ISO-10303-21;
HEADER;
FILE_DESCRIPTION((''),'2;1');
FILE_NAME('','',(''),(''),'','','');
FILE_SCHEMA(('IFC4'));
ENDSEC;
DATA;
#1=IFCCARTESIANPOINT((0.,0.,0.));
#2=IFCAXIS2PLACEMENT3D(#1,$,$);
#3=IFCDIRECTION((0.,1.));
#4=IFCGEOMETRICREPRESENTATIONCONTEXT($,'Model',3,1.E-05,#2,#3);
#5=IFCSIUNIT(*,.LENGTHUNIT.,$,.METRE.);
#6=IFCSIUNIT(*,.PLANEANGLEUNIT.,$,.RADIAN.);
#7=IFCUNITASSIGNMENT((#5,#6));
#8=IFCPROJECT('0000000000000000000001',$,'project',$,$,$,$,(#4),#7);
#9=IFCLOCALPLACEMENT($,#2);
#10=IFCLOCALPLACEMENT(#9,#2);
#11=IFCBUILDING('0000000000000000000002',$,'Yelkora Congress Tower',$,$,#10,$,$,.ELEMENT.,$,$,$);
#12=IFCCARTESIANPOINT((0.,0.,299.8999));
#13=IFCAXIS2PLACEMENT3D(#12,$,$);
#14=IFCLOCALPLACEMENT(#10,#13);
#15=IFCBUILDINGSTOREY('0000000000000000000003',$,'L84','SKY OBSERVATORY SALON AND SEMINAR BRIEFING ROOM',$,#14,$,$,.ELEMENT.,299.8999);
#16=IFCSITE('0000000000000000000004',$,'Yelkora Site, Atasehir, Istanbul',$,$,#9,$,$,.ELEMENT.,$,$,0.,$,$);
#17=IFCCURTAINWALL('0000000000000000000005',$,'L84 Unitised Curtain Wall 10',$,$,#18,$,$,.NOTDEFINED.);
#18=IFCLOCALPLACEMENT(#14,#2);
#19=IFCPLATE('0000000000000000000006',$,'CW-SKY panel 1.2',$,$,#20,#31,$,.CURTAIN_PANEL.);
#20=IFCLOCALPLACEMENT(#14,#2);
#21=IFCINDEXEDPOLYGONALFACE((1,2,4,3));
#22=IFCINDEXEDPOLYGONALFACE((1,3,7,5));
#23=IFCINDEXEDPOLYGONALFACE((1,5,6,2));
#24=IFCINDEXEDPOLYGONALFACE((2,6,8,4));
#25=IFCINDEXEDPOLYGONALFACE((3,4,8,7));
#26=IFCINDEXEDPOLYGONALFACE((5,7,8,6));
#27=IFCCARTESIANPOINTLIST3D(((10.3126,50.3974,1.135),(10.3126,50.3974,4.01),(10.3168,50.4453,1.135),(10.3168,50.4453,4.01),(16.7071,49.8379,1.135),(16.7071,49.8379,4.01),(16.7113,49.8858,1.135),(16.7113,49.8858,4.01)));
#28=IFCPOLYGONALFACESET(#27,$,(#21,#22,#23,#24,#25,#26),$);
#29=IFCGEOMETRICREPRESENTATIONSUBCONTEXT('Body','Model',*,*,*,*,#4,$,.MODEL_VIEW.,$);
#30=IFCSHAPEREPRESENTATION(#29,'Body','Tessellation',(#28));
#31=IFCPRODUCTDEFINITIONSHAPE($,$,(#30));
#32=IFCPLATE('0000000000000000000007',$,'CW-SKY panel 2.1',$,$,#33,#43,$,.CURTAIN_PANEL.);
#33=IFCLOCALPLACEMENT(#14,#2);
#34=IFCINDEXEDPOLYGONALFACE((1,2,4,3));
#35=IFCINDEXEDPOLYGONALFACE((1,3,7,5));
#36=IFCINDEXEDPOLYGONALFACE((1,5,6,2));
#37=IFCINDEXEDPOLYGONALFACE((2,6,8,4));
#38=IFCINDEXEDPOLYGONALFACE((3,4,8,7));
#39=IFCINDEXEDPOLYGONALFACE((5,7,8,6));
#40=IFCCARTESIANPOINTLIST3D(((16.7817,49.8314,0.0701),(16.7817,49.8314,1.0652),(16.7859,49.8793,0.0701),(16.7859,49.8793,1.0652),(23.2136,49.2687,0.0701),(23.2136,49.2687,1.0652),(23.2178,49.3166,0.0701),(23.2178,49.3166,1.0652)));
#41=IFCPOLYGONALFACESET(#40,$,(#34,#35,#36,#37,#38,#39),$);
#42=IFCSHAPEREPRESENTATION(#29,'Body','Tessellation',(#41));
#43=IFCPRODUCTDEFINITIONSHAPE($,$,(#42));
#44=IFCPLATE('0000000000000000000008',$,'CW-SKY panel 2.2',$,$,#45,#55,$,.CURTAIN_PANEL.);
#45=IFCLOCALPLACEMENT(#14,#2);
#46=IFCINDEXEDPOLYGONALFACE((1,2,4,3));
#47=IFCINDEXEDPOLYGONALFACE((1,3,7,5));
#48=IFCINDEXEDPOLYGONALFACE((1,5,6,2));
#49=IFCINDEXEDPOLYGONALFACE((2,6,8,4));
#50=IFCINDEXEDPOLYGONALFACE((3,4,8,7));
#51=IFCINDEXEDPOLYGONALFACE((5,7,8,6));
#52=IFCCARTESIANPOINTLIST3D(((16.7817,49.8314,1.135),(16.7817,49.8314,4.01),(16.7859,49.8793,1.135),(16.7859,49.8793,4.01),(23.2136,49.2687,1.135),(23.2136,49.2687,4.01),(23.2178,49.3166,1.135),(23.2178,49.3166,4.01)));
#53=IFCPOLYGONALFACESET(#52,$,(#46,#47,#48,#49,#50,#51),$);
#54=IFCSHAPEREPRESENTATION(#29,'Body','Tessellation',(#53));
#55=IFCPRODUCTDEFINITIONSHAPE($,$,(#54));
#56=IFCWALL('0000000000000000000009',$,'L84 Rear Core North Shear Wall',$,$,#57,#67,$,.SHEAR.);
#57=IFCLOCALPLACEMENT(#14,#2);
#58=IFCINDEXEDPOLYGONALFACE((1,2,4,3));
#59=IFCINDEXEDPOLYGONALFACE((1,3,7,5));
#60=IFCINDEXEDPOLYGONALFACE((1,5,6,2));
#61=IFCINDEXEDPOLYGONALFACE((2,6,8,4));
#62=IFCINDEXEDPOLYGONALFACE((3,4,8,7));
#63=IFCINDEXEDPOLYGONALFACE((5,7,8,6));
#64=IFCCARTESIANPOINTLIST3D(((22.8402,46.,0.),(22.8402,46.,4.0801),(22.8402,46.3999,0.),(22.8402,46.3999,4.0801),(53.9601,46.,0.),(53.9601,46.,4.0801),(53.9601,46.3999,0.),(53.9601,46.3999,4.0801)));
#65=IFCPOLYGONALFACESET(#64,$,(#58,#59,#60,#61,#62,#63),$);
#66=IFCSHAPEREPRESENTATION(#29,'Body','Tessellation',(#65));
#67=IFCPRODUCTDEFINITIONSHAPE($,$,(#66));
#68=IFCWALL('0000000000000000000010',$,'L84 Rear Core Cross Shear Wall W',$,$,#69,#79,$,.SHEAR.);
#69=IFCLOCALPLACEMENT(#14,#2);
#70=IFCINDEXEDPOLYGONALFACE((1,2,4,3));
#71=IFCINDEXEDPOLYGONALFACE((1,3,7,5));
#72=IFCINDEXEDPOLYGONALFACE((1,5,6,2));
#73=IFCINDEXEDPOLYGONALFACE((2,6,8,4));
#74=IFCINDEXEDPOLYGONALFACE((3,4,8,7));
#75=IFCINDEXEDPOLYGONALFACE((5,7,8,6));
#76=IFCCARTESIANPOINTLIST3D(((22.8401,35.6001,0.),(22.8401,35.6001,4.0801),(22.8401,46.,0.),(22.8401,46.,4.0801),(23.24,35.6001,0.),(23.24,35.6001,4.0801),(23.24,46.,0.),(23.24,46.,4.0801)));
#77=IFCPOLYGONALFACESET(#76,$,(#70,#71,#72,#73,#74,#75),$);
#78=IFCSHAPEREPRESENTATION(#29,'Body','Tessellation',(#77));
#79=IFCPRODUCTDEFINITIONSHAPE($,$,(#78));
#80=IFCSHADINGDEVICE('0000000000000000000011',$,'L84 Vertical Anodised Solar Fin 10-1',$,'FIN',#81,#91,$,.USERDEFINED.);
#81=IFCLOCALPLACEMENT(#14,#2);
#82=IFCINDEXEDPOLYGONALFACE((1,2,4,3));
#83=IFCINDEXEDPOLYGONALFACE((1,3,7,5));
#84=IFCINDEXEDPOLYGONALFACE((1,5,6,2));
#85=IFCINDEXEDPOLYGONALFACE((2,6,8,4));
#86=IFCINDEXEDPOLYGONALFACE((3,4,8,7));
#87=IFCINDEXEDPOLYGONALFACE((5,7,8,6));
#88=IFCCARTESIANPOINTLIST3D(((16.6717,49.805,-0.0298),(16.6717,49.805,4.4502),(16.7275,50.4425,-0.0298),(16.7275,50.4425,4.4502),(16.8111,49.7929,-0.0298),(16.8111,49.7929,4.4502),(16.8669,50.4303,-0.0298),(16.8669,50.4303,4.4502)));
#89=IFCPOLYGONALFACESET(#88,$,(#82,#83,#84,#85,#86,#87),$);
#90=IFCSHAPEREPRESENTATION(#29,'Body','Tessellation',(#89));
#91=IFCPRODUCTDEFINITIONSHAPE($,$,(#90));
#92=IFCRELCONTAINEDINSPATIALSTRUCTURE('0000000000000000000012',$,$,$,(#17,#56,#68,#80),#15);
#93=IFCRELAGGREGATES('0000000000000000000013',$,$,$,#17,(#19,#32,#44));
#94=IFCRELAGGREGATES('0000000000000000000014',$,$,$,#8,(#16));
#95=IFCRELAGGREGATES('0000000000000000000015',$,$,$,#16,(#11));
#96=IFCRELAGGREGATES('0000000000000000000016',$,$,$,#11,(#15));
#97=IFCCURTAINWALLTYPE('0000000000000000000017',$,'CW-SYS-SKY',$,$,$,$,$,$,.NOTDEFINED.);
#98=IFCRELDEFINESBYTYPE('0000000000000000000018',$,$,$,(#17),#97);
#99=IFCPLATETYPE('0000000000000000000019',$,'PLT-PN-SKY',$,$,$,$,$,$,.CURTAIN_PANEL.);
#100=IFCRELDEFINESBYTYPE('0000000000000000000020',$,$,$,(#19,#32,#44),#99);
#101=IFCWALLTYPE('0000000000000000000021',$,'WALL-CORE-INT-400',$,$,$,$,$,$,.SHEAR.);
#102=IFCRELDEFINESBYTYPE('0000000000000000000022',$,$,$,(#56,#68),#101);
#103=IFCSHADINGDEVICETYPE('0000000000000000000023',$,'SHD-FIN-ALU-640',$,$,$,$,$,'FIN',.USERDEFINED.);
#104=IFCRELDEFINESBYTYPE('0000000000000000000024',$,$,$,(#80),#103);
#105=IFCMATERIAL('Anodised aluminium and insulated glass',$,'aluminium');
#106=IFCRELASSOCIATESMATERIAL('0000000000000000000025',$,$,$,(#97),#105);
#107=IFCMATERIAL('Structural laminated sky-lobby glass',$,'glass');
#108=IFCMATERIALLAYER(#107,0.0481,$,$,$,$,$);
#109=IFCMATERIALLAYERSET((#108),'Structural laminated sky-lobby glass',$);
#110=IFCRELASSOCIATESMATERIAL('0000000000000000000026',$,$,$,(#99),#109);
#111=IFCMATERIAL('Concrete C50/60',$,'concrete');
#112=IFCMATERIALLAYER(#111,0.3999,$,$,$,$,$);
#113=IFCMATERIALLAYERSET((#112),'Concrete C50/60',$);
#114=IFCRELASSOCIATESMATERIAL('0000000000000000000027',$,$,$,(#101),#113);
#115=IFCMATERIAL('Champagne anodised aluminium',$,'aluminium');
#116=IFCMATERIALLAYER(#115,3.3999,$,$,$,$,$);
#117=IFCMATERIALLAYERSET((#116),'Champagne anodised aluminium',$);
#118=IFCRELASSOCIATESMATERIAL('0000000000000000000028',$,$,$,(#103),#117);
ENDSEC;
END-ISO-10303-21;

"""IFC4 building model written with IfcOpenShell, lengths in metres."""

from ifc_helpers import new_model, si_unit, direction, frame, frame_2d, origin, origin_2d, place, context, subcontext, project, spatial, rectangle, extrude, material, layer, layer_set, type_object, element, aggregate, save


model = new_model("IFC4")

# Units and contexts
model_context = context("Model", 3, precision=1e-05, world=origin(), true_north=direction((0.0, 1.0)))
body_context = subcontext(model_context, "Body", "Model", "MODEL_VIEW")
ifc_project = project(units=[si_unit("LENGTHUNIT", "METRE"), si_unit("PLANEANGLEUNIT", "RADIAN")], contexts=[model_context])

# Site, building, storey
site_placement = place(None, origin())
site = spatial("IfcSite", under=ifc_project, at=site_placement, Name="Yelkora Site, Atasehir, Istanbul", CompositionType="ELEMENT", RefElevation=0.0)
building_placement = place(site_placement, origin())
building = spatial("IfcBuilding", under=site, at=building_placement, Name="Yelkora Congress Tower", CompositionType="ELEMENT")
storey_placement = place(building_placement, frame((0.0, 0.0, 299.8999)))
storey = spatial("IfcBuildingStorey", under=building, at=storey_placement, Name="L84", Description="SKY OBSERVATORY SALON AND SEMINAR BRIEFING ROOM", CompositionType="ELEMENT", Elevation=299.8999)

# Curtain wall, plates
ifc_material_1 = material(Name="Anodised aluminium and insulated glass", Category="aluminium")
curtain_wall_type = type_object("IfcCurtainWallType", Name="CW-SYS-SKY", PredefinedType="NOTDEFINED", material=ifc_material_1)
curtain_wall_placement = place(storey_placement, origin())
curtain_wall = element("IfcCurtainWall", 1, at=curtain_wall_placement, inside=storey, type_object=curtain_wall_type, Name="L84 Unitised Curtain Wall 10", PredefinedType="NOTDEFINED")
ifc_material_2 = material(Name="Structural laminated sky-lobby glass", Category="glass")
ifc_layer_1 = layer(ifc_material_2, 0.0481)
ifc_layer_set_1 = layer_set([ifc_layer_1], Name="Structural laminated sky-lobby glass")
plate_type = type_object("IfcPlateType", Name="PLT-PN-SKY", PredefinedType="CURTAIN_PANEL", material=ifc_layer_set_1)
plate_1_placement = place(storey_placement, frame((13.512, 50.1416, 1.135), z_axis=(0.0, 0.0, 1.0), x_axis=(0.996195, -0.087157, 0.0)))
plate_1 = element("IfcPlate", 2, at=plate_1_placement, type_object=plate_type, Name="CW-SKY panel 1.2", PredefinedType="CURTAIN_PANEL", context=body_context, shape_type="SweptSolid", body=[
    extrude(rectangle(XDim=6.4189, YDim=0.0481, at=origin_2d()), origin(), (0.0, 0.0, 1.0), 2.875),
])
plate_2_placement = place(storey_placement, frame((19.9998, 49.574, 0.0701), z_axis=(0.0, 0.0, 1.0), x_axis=(0.996195, -0.087157, 0.0)))
plate_2 = element("IfcPlate", 3, at=plate_2_placement, type_object=plate_type, Name="CW-SKY panel 2.1", PredefinedType="CURTAIN_PANEL", context=body_context, shape_type="SweptSolid", body=[
    extrude(rectangle(XDim=6.4565, YDim=0.0481, at=origin_2d()), origin(), (0.0, 0.0, 1.0), 0.9951),
])
plate_3_placement = place(storey_placement, frame((19.9998, 49.574, 1.135), z_axis=(0.0, 0.0, 1.0), x_axis=(0.996195, -0.087157, 0.0)))
plate_3 = element("IfcPlate", 4, at=plate_3_placement, type_object=plate_type, Name="CW-SKY panel 2.2", PredefinedType="CURTAIN_PANEL", context=body_context, shape_type="SweptSolid", body=[
    extrude(rectangle(XDim=6.4565, YDim=0.0481, at=origin_2d()), origin(), (0.0, 0.0, 1.0), 2.875),
])
aggregate(curtain_wall, [plate_1, plate_2, plate_3])

# Walls
ifc_material_3 = material(Name="Concrete C50/60", Category="concrete")
ifc_layer_2 = layer(ifc_material_3, 0.3999)
ifc_layer_set_2 = layer_set([ifc_layer_2], Name="Concrete C50/60")
wall_type = type_object("IfcWallType", Name="WALL-CORE-INT-400", PredefinedType="SHEAR", material=ifc_layer_set_2)
wall_1_placement = place(storey_placement, frame((22.8401, 46.2, 0.0), z_axis=(0.0, 0.0, 1.0), x_axis=(1.0, 0.0, 0.0)))
element("IfcWall", 5, at=wall_1_placement, inside=storey, type_object=wall_type, Name="L84 Rear Core North Shear Wall", PredefinedType="SHEAR", context=body_context, shape_type="SweptSolid", body=[
    extrude(rectangle(XDim=31.1199, YDim=0.3999, at=frame_2d((15.5601, 0.0))), origin(), (0.0, 0.0, 1.0), 4.0801),
])
wall_2_placement = place(storey_placement, frame((23.04, 35.6001, 0.0), z_axis=(0.0, 0.0, 1.0), x_axis=(0.0, 1.0, 0.0)))
element("IfcWall", 6, at=wall_2_placement, inside=storey, type_object=wall_type, Name="L84 Rear Core Cross Shear Wall W", PredefinedType="SHEAR", context=body_context, shape_type="SweptSolid", body=[
    extrude(rectangle(XDim=10.3999, YDim=0.3999, at=frame_2d((5.2, 0.0))), origin(), (0.0, 0.0, 1.0), 4.0801),
])

# Shading device
ifc_material_4 = material(Name="Champagne anodised aluminium", Category="aluminium")
ifc_layer_3 = layer(ifc_material_4, 3.3999)
ifc_layer_set_3 = layer_set([ifc_layer_3], Name="Champagne anodised aluminium")
shading_device_type = type_object("IfcShadingDeviceType", Name="SHD-FIN-ALU-640", ElementType="FIN", PredefinedType="USERDEFINED", material=ifc_layer_set_3)
shading_device_placement = place(storey_placement, frame((16.7693, 50.1177, -0.0298), z_axis=(0.0, 0.0, 1.0), x_axis=(0.996195, -0.087156, 0.0)))
element("IfcShadingDevice", 7, at=shading_device_placement, inside=storey, type_object=shading_device_type, Name="L84 Vertical Anodised Solar Fin 10-1", ObjectType="FIN", PredefinedType="USERDEFINED", context=body_context, shape_type="SweptSolid", body=[
    extrude(rectangle(XDim=0.1399, YDim=0.6399, at=origin_2d()), origin(), (0.0, 0.0, 1.0), 4.48),
])

save(model, "model.ifc")
